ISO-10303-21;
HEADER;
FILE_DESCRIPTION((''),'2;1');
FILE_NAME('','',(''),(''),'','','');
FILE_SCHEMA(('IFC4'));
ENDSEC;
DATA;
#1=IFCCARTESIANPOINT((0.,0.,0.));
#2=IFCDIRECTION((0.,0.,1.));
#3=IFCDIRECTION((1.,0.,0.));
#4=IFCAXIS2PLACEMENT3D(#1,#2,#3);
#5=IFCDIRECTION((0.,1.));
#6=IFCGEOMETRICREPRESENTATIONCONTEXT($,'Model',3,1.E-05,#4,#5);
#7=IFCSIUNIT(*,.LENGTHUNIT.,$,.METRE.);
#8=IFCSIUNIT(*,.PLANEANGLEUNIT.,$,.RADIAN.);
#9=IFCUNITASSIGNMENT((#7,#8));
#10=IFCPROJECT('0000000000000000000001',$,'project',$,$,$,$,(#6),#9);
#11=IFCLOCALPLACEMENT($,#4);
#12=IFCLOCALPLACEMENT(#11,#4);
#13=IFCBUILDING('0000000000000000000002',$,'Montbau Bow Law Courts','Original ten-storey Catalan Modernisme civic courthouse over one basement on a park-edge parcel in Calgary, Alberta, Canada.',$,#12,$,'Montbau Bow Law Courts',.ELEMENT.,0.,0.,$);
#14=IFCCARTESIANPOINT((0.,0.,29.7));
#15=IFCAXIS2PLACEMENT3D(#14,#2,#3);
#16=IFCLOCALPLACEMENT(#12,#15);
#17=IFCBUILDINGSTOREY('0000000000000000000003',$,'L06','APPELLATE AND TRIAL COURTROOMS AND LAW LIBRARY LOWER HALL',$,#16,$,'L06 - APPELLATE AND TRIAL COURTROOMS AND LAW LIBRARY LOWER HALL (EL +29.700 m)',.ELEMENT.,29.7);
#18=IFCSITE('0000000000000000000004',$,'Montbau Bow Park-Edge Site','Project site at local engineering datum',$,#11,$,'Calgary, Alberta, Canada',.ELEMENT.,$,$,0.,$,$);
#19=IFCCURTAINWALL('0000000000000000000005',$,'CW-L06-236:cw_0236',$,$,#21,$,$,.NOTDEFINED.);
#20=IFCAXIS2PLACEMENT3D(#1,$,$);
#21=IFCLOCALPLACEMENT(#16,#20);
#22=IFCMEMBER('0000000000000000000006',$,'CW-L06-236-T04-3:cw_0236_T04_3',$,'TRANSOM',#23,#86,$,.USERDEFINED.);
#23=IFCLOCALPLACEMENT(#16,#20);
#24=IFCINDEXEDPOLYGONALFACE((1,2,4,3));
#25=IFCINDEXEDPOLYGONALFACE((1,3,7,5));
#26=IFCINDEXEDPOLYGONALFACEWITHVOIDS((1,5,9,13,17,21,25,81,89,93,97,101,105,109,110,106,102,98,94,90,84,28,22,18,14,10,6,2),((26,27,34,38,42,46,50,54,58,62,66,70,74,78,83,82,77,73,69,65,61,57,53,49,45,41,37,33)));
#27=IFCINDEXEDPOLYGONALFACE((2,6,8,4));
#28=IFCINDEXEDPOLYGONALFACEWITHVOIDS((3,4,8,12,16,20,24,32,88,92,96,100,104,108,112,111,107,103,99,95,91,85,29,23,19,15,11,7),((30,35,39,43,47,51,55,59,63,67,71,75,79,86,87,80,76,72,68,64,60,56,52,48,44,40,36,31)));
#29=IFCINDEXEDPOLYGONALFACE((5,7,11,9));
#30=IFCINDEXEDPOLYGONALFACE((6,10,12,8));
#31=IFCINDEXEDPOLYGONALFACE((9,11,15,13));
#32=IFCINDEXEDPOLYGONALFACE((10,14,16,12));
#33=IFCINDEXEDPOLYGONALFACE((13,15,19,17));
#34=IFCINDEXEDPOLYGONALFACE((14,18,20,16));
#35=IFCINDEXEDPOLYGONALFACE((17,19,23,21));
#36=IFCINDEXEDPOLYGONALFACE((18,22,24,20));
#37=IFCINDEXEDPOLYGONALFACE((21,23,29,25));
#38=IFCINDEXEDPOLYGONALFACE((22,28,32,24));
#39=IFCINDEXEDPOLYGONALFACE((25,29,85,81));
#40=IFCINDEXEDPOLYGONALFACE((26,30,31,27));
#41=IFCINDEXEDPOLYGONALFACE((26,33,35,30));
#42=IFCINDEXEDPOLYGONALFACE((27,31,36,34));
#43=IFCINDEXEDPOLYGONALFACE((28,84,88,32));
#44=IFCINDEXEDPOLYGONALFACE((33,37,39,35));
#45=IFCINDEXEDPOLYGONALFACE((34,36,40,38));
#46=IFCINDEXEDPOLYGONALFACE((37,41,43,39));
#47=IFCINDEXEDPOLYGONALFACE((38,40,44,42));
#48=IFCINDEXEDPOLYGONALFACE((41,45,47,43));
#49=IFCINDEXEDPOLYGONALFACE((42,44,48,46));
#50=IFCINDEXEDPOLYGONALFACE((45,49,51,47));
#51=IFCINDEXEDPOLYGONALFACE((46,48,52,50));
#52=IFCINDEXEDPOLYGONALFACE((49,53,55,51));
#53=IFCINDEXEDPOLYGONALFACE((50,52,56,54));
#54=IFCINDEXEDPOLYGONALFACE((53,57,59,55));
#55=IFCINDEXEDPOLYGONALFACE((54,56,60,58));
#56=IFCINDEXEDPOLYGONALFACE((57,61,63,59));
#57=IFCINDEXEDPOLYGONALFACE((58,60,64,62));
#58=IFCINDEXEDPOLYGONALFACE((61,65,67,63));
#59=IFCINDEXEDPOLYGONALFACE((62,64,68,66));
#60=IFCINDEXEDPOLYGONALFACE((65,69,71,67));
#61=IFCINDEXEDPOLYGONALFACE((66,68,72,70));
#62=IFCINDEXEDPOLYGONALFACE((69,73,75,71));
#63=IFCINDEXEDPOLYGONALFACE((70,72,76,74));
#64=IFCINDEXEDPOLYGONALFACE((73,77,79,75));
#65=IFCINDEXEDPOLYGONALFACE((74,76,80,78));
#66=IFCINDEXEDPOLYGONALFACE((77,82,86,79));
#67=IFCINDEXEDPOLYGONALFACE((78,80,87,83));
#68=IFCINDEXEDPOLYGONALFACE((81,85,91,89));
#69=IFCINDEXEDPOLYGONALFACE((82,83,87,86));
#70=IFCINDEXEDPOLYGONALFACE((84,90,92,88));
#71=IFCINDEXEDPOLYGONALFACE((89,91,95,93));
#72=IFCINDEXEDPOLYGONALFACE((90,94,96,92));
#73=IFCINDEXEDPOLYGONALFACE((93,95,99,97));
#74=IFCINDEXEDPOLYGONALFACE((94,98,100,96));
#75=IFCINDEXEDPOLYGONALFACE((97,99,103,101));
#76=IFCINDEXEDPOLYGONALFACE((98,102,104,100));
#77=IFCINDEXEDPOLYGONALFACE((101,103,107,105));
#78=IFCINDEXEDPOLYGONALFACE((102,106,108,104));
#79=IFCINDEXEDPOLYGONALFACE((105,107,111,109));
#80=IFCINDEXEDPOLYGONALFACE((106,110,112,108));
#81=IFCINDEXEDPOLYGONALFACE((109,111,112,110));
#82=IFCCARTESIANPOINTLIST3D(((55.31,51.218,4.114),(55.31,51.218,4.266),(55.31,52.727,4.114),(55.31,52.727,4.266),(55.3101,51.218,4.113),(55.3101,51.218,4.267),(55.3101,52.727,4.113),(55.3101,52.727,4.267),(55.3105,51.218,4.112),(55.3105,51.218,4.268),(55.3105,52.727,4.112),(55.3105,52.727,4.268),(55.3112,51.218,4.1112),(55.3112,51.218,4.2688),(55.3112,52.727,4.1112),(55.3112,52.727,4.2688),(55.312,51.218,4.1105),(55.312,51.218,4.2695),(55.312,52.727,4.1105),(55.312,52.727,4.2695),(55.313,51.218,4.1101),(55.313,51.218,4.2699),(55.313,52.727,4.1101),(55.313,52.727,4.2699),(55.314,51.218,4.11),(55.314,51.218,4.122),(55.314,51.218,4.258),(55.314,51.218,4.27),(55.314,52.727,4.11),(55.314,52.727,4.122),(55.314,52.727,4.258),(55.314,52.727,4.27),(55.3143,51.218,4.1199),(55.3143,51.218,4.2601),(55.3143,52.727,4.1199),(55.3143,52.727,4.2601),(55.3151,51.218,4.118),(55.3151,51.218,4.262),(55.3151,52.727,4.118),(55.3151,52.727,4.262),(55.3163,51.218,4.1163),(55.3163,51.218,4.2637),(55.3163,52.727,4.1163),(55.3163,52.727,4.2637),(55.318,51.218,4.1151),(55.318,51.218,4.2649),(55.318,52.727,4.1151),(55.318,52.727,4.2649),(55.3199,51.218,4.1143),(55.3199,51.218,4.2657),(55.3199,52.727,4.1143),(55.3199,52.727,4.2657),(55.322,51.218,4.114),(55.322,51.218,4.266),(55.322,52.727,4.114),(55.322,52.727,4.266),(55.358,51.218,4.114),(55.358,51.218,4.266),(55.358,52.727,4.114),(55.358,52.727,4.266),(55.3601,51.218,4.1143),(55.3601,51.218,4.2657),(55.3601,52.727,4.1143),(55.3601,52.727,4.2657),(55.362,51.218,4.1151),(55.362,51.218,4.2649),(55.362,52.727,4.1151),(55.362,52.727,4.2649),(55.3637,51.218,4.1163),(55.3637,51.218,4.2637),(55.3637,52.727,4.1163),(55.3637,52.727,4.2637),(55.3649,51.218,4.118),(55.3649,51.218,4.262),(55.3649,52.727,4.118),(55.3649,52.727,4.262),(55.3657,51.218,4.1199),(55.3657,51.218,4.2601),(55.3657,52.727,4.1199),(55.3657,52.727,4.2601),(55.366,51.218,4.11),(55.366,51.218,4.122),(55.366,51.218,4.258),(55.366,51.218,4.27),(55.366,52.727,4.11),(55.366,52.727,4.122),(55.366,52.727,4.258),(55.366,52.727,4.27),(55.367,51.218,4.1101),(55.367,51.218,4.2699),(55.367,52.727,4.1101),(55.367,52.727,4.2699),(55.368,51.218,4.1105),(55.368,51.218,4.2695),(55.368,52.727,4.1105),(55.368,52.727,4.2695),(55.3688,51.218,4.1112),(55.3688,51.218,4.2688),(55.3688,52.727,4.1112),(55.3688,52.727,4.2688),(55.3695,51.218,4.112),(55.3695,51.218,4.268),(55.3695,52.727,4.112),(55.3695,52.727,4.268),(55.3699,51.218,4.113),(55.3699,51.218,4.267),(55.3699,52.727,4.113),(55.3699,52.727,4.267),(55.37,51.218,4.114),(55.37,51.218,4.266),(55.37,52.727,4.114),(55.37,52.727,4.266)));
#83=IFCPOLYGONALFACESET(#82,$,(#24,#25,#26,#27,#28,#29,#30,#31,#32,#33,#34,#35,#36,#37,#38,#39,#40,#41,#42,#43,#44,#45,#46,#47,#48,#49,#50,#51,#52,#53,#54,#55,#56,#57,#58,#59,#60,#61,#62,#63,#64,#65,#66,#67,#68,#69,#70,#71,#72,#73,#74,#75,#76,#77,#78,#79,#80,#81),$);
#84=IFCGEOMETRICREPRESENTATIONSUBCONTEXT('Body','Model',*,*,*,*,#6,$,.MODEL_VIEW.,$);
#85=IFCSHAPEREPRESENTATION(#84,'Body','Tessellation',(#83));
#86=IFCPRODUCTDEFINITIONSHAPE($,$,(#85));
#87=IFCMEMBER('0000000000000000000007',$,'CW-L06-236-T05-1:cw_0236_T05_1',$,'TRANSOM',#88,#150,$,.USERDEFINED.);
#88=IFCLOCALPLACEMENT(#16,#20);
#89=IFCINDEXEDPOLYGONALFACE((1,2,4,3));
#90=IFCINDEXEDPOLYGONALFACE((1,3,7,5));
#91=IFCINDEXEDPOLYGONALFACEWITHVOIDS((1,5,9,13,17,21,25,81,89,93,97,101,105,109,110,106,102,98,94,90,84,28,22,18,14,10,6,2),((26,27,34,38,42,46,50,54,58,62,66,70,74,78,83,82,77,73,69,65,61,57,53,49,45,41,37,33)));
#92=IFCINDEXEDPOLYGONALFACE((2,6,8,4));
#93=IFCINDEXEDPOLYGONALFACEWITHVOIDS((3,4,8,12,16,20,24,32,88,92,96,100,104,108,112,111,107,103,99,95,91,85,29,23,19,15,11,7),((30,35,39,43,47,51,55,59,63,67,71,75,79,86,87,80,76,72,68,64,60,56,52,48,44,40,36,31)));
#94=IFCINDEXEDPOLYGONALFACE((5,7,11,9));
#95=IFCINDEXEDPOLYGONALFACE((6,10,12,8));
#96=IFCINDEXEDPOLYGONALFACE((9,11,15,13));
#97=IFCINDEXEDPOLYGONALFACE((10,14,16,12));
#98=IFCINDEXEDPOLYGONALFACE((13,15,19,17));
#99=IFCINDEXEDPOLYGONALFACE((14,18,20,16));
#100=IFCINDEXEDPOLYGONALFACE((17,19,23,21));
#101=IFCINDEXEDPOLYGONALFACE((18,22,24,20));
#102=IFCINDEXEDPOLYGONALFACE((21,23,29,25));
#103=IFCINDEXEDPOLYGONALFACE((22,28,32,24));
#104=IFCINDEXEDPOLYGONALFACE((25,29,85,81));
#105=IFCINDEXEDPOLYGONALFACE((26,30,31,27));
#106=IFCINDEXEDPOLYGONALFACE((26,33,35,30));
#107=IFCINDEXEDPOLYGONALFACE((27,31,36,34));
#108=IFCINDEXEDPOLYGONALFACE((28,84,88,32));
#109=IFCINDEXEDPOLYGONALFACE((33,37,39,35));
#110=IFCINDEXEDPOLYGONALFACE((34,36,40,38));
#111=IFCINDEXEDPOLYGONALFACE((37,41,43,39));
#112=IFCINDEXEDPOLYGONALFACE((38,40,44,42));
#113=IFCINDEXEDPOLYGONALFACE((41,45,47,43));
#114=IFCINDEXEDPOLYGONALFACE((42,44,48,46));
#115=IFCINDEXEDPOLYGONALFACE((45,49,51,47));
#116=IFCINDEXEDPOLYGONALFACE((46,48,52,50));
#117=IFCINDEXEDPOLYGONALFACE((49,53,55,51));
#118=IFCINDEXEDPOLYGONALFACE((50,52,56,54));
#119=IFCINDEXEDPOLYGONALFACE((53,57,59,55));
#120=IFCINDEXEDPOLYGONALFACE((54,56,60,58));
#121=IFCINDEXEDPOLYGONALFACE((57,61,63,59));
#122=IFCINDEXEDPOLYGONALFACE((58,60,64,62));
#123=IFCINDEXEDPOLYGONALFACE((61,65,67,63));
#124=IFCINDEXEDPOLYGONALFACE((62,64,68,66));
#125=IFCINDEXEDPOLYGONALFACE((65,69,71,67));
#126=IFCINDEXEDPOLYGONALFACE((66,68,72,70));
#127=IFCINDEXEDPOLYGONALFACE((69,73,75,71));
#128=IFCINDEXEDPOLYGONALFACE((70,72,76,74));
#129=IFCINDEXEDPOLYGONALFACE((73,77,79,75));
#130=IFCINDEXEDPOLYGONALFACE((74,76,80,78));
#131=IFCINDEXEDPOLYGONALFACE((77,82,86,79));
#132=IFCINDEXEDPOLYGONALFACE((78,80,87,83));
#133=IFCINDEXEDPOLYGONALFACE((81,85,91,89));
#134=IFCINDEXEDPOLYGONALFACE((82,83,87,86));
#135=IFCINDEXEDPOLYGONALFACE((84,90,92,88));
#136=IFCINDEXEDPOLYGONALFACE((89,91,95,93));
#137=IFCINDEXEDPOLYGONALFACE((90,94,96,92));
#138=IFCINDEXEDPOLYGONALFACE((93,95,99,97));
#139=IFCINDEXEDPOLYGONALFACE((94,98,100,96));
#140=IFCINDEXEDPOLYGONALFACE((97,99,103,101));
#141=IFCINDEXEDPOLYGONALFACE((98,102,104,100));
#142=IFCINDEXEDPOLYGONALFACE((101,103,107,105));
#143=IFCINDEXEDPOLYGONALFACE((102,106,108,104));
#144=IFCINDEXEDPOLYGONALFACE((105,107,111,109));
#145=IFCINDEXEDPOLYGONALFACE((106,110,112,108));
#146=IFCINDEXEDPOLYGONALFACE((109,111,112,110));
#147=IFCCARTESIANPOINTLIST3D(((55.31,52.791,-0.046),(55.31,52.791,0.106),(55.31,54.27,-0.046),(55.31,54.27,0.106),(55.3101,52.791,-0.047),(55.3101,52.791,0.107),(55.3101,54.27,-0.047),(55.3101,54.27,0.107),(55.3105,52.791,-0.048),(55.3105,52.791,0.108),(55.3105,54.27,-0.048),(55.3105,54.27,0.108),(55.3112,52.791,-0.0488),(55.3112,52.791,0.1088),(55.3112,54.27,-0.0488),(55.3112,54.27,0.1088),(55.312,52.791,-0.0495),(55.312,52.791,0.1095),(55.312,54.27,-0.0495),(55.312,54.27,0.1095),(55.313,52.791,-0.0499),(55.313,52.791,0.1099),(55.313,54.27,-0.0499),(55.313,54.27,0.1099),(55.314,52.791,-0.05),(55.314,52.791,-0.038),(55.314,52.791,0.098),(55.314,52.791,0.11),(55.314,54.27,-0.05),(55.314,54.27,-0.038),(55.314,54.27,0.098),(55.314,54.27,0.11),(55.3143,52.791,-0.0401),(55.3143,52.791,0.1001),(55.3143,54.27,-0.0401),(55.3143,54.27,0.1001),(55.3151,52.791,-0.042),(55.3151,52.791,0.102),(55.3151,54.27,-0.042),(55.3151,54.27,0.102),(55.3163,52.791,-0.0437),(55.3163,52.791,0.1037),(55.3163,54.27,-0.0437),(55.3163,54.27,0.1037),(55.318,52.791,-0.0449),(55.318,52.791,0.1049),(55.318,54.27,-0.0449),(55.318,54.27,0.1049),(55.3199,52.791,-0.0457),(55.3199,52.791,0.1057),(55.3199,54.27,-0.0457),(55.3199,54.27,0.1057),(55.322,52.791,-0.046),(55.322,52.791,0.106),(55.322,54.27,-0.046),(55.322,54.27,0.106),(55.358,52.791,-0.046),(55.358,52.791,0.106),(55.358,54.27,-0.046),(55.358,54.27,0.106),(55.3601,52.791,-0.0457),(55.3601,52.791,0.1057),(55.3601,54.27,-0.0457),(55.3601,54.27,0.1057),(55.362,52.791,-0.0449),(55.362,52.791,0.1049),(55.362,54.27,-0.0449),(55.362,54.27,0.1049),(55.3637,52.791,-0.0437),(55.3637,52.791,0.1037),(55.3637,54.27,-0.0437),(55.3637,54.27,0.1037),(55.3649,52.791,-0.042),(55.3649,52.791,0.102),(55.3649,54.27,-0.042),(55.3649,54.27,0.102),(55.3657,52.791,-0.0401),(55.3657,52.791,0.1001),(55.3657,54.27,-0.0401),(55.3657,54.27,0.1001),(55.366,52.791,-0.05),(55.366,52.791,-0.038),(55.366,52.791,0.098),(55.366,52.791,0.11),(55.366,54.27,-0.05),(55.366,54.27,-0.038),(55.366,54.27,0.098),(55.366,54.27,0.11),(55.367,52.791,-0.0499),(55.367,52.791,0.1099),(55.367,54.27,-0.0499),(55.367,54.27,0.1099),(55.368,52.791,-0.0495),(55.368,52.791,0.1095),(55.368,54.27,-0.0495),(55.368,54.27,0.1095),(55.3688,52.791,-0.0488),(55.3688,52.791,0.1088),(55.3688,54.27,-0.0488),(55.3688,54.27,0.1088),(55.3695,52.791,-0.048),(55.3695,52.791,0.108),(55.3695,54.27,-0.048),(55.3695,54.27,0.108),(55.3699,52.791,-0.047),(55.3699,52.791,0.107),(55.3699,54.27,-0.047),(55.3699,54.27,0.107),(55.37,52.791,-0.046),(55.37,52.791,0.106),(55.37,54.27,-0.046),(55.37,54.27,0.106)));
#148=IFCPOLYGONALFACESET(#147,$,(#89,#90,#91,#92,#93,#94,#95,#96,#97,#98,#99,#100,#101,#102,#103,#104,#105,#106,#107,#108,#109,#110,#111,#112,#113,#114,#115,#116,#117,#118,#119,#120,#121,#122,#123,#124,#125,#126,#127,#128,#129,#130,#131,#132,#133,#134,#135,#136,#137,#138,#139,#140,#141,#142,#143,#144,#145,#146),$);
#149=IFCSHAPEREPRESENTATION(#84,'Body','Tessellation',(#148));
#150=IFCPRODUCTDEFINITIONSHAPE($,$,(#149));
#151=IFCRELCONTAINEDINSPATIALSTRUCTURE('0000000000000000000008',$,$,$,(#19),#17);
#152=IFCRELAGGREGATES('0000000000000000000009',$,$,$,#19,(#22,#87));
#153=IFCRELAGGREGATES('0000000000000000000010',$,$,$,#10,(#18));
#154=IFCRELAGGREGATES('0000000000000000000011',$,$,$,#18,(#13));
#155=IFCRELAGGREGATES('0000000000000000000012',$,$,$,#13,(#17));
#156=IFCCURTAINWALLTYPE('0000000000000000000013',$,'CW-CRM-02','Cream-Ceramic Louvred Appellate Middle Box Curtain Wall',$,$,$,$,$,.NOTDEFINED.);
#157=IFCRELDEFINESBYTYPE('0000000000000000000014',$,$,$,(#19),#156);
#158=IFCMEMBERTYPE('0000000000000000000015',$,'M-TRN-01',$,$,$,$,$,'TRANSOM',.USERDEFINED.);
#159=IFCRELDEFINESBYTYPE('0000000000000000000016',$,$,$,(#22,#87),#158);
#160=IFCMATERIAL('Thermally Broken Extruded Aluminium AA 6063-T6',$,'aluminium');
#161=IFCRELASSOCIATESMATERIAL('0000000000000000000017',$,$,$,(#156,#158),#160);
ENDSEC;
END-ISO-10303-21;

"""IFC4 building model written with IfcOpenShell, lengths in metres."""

from ifc_helpers import new_model, si_unit, direction, frame, origin_with_axes, origin_2d_with_axis, place, context, subcontext, project, spatial, hollow_rectangle, extrude, material, material_profile, profile_set, type_object, element, aggregate, save


model = new_model("IFC4")

# Units and contexts
model_context = context("Model", 3, precision=1e-05, world=origin_with_axes(), true_north=direction((0.0, 1.0)))
body_context = subcontext(model_context, "Body", "Model", "MODEL_VIEW")
ifc_project = project(units=[si_unit("LENGTHUNIT", "METRE"), si_unit("PLANEANGLEUNIT", "RADIAN")], contexts=[model_context])

# Site, building, storey
site_placement = place(None, origin_with_axes())
site = spatial("IfcSite", under=ifc_project, at=site_placement, Name="Montbau Bow Park-Edge Site", Description="Project site at local engineering datum", LongName="Calgary, Alberta, Canada", CompositionType="ELEMENT", RefElevation=0.0)
building_placement = place(site_placement, origin_with_axes())
building = spatial("IfcBuilding", under=site, at=building_placement, Name="Montbau Bow Law Courts", Description="Original ten-storey Catalan Modernisme civic courthouse over one basement on a park-edge parcel in Calgary, Alberta, Canada.", LongName="Montbau Bow Law Courts", CompositionType="ELEMENT", ElevationOfRefHeight=0.0, ElevationOfTerrain=0.0)
storey_placement = place(building_placement, frame((0.0, 0.0, 29.7), z_axis=(0.0, 0.0, 1.0), x_axis=(1.0, 0.0, 0.0)))
storey = spatial("IfcBuildingStorey", under=building, at=storey_placement, Name="L06", Description="APPELLATE AND TRIAL COURTROOMS AND LAW LIBRARY LOWER HALL", LongName="L06 - APPELLATE AND TRIAL COURTROOMS AND LAW LIBRARY LOWER HALL (EL +29.700 m)", CompositionType="ELEMENT", Elevation=29.7)

# Shared definitions
ifc_material_1 = material(Name="Thermally Broken Extruded Aluminium AA 6063-T6", Category="aluminium")
curtain_wall_type = type_object("IfcCurtainWallType", Name="CW-CRM-02", Description="Cream-Ceramic Louvred Appellate Middle Box Curtain Wall", PredefinedType="NOTDEFINED", material=ifc_material_1)

# Curtain wall, members
curtain_wall_1_placement = place(None, frame((55.34, 46.468, 29.7), z_axis=(0.0, 0.0, 1.0), x_axis=(1.0, 0.0, 0.0)))
curtain_wall_1 = element("IfcCurtainWall", 1, at=curtain_wall_1_placement, inside=storey, type_object=curtain_wall_type, Name="CW-L06-236:cw_0236", PredefinedType="NOTDEFINED")
ifc_material_profile_1 = material_profile(ifc_material_1, hollow_rectangle(XDim=0.06, YDim=0.16, WallThickness=0.004, InnerFilletRadius=0.008, OuterFilletRadius=0.004, at=origin_2d_with_axis()), Name="CWT-160X60", Category="Main", Priority=0)
ifc_profile_set_1 = profile_set([ifc_material_profile_1], Name="Thermally Broken Extruded Aluminium AA 6063-T6")
member_type_1 = type_object("IfcMemberType", Name="M-TRN-01", ElementType="TRANSOM", PredefinedType="USERDEFINED", material=ifc_profile_set_1)
member_1_placement = place(None, frame((55.34, 51.218, 33.89), z_axis=(0.0, 1.0, 0.0), x_axis=(-1.0, 0.0, 0.0)))
member_1 = element("IfcMember", 2, at=member_1_placement, type_object=member_type_1, Name="CW-L06-236-T04-3:cw_0236_T04_3", ObjectType="TRANSOM", PredefinedType="USERDEFINED", context=body_context, shape_type="SweptSolid", body=[
    extrude(hollow_rectangle(XDim=0.06, YDim=0.16, WallThickness=0.004, InnerFilletRadius=0.008, OuterFilletRadius=0.004, at=origin_2d_with_axis()), origin_with_axes(), (0.0, 0.0, 1.0), 1.509),
])
member_2_placement = place(None, frame((55.34, 52.791, 29.73), z_axis=(0.0, 1.0, 0.0), x_axis=(-1.0, 0.0, 0.0)))
member_2 = element("IfcMember", 3, at=member_2_placement, type_object=member_type_1, Name="CW-L06-236-T05-1:cw_0236_T05_1", ObjectType="TRANSOM", PredefinedType="USERDEFINED", context=body_context, shape_type="SweptSolid", body=[
    extrude(hollow_rectangle(XDim=0.06, YDim=0.16, WallThickness=0.004, InnerFilletRadius=0.008, OuterFilletRadius=0.004, at=origin_2d_with_axis()), origin_with_axes(), (0.0, 0.0, 1.0), 1.479),
])

aggregate(curtain_wall_1, [member_1, member_2])

save(model, "model.ifc")
